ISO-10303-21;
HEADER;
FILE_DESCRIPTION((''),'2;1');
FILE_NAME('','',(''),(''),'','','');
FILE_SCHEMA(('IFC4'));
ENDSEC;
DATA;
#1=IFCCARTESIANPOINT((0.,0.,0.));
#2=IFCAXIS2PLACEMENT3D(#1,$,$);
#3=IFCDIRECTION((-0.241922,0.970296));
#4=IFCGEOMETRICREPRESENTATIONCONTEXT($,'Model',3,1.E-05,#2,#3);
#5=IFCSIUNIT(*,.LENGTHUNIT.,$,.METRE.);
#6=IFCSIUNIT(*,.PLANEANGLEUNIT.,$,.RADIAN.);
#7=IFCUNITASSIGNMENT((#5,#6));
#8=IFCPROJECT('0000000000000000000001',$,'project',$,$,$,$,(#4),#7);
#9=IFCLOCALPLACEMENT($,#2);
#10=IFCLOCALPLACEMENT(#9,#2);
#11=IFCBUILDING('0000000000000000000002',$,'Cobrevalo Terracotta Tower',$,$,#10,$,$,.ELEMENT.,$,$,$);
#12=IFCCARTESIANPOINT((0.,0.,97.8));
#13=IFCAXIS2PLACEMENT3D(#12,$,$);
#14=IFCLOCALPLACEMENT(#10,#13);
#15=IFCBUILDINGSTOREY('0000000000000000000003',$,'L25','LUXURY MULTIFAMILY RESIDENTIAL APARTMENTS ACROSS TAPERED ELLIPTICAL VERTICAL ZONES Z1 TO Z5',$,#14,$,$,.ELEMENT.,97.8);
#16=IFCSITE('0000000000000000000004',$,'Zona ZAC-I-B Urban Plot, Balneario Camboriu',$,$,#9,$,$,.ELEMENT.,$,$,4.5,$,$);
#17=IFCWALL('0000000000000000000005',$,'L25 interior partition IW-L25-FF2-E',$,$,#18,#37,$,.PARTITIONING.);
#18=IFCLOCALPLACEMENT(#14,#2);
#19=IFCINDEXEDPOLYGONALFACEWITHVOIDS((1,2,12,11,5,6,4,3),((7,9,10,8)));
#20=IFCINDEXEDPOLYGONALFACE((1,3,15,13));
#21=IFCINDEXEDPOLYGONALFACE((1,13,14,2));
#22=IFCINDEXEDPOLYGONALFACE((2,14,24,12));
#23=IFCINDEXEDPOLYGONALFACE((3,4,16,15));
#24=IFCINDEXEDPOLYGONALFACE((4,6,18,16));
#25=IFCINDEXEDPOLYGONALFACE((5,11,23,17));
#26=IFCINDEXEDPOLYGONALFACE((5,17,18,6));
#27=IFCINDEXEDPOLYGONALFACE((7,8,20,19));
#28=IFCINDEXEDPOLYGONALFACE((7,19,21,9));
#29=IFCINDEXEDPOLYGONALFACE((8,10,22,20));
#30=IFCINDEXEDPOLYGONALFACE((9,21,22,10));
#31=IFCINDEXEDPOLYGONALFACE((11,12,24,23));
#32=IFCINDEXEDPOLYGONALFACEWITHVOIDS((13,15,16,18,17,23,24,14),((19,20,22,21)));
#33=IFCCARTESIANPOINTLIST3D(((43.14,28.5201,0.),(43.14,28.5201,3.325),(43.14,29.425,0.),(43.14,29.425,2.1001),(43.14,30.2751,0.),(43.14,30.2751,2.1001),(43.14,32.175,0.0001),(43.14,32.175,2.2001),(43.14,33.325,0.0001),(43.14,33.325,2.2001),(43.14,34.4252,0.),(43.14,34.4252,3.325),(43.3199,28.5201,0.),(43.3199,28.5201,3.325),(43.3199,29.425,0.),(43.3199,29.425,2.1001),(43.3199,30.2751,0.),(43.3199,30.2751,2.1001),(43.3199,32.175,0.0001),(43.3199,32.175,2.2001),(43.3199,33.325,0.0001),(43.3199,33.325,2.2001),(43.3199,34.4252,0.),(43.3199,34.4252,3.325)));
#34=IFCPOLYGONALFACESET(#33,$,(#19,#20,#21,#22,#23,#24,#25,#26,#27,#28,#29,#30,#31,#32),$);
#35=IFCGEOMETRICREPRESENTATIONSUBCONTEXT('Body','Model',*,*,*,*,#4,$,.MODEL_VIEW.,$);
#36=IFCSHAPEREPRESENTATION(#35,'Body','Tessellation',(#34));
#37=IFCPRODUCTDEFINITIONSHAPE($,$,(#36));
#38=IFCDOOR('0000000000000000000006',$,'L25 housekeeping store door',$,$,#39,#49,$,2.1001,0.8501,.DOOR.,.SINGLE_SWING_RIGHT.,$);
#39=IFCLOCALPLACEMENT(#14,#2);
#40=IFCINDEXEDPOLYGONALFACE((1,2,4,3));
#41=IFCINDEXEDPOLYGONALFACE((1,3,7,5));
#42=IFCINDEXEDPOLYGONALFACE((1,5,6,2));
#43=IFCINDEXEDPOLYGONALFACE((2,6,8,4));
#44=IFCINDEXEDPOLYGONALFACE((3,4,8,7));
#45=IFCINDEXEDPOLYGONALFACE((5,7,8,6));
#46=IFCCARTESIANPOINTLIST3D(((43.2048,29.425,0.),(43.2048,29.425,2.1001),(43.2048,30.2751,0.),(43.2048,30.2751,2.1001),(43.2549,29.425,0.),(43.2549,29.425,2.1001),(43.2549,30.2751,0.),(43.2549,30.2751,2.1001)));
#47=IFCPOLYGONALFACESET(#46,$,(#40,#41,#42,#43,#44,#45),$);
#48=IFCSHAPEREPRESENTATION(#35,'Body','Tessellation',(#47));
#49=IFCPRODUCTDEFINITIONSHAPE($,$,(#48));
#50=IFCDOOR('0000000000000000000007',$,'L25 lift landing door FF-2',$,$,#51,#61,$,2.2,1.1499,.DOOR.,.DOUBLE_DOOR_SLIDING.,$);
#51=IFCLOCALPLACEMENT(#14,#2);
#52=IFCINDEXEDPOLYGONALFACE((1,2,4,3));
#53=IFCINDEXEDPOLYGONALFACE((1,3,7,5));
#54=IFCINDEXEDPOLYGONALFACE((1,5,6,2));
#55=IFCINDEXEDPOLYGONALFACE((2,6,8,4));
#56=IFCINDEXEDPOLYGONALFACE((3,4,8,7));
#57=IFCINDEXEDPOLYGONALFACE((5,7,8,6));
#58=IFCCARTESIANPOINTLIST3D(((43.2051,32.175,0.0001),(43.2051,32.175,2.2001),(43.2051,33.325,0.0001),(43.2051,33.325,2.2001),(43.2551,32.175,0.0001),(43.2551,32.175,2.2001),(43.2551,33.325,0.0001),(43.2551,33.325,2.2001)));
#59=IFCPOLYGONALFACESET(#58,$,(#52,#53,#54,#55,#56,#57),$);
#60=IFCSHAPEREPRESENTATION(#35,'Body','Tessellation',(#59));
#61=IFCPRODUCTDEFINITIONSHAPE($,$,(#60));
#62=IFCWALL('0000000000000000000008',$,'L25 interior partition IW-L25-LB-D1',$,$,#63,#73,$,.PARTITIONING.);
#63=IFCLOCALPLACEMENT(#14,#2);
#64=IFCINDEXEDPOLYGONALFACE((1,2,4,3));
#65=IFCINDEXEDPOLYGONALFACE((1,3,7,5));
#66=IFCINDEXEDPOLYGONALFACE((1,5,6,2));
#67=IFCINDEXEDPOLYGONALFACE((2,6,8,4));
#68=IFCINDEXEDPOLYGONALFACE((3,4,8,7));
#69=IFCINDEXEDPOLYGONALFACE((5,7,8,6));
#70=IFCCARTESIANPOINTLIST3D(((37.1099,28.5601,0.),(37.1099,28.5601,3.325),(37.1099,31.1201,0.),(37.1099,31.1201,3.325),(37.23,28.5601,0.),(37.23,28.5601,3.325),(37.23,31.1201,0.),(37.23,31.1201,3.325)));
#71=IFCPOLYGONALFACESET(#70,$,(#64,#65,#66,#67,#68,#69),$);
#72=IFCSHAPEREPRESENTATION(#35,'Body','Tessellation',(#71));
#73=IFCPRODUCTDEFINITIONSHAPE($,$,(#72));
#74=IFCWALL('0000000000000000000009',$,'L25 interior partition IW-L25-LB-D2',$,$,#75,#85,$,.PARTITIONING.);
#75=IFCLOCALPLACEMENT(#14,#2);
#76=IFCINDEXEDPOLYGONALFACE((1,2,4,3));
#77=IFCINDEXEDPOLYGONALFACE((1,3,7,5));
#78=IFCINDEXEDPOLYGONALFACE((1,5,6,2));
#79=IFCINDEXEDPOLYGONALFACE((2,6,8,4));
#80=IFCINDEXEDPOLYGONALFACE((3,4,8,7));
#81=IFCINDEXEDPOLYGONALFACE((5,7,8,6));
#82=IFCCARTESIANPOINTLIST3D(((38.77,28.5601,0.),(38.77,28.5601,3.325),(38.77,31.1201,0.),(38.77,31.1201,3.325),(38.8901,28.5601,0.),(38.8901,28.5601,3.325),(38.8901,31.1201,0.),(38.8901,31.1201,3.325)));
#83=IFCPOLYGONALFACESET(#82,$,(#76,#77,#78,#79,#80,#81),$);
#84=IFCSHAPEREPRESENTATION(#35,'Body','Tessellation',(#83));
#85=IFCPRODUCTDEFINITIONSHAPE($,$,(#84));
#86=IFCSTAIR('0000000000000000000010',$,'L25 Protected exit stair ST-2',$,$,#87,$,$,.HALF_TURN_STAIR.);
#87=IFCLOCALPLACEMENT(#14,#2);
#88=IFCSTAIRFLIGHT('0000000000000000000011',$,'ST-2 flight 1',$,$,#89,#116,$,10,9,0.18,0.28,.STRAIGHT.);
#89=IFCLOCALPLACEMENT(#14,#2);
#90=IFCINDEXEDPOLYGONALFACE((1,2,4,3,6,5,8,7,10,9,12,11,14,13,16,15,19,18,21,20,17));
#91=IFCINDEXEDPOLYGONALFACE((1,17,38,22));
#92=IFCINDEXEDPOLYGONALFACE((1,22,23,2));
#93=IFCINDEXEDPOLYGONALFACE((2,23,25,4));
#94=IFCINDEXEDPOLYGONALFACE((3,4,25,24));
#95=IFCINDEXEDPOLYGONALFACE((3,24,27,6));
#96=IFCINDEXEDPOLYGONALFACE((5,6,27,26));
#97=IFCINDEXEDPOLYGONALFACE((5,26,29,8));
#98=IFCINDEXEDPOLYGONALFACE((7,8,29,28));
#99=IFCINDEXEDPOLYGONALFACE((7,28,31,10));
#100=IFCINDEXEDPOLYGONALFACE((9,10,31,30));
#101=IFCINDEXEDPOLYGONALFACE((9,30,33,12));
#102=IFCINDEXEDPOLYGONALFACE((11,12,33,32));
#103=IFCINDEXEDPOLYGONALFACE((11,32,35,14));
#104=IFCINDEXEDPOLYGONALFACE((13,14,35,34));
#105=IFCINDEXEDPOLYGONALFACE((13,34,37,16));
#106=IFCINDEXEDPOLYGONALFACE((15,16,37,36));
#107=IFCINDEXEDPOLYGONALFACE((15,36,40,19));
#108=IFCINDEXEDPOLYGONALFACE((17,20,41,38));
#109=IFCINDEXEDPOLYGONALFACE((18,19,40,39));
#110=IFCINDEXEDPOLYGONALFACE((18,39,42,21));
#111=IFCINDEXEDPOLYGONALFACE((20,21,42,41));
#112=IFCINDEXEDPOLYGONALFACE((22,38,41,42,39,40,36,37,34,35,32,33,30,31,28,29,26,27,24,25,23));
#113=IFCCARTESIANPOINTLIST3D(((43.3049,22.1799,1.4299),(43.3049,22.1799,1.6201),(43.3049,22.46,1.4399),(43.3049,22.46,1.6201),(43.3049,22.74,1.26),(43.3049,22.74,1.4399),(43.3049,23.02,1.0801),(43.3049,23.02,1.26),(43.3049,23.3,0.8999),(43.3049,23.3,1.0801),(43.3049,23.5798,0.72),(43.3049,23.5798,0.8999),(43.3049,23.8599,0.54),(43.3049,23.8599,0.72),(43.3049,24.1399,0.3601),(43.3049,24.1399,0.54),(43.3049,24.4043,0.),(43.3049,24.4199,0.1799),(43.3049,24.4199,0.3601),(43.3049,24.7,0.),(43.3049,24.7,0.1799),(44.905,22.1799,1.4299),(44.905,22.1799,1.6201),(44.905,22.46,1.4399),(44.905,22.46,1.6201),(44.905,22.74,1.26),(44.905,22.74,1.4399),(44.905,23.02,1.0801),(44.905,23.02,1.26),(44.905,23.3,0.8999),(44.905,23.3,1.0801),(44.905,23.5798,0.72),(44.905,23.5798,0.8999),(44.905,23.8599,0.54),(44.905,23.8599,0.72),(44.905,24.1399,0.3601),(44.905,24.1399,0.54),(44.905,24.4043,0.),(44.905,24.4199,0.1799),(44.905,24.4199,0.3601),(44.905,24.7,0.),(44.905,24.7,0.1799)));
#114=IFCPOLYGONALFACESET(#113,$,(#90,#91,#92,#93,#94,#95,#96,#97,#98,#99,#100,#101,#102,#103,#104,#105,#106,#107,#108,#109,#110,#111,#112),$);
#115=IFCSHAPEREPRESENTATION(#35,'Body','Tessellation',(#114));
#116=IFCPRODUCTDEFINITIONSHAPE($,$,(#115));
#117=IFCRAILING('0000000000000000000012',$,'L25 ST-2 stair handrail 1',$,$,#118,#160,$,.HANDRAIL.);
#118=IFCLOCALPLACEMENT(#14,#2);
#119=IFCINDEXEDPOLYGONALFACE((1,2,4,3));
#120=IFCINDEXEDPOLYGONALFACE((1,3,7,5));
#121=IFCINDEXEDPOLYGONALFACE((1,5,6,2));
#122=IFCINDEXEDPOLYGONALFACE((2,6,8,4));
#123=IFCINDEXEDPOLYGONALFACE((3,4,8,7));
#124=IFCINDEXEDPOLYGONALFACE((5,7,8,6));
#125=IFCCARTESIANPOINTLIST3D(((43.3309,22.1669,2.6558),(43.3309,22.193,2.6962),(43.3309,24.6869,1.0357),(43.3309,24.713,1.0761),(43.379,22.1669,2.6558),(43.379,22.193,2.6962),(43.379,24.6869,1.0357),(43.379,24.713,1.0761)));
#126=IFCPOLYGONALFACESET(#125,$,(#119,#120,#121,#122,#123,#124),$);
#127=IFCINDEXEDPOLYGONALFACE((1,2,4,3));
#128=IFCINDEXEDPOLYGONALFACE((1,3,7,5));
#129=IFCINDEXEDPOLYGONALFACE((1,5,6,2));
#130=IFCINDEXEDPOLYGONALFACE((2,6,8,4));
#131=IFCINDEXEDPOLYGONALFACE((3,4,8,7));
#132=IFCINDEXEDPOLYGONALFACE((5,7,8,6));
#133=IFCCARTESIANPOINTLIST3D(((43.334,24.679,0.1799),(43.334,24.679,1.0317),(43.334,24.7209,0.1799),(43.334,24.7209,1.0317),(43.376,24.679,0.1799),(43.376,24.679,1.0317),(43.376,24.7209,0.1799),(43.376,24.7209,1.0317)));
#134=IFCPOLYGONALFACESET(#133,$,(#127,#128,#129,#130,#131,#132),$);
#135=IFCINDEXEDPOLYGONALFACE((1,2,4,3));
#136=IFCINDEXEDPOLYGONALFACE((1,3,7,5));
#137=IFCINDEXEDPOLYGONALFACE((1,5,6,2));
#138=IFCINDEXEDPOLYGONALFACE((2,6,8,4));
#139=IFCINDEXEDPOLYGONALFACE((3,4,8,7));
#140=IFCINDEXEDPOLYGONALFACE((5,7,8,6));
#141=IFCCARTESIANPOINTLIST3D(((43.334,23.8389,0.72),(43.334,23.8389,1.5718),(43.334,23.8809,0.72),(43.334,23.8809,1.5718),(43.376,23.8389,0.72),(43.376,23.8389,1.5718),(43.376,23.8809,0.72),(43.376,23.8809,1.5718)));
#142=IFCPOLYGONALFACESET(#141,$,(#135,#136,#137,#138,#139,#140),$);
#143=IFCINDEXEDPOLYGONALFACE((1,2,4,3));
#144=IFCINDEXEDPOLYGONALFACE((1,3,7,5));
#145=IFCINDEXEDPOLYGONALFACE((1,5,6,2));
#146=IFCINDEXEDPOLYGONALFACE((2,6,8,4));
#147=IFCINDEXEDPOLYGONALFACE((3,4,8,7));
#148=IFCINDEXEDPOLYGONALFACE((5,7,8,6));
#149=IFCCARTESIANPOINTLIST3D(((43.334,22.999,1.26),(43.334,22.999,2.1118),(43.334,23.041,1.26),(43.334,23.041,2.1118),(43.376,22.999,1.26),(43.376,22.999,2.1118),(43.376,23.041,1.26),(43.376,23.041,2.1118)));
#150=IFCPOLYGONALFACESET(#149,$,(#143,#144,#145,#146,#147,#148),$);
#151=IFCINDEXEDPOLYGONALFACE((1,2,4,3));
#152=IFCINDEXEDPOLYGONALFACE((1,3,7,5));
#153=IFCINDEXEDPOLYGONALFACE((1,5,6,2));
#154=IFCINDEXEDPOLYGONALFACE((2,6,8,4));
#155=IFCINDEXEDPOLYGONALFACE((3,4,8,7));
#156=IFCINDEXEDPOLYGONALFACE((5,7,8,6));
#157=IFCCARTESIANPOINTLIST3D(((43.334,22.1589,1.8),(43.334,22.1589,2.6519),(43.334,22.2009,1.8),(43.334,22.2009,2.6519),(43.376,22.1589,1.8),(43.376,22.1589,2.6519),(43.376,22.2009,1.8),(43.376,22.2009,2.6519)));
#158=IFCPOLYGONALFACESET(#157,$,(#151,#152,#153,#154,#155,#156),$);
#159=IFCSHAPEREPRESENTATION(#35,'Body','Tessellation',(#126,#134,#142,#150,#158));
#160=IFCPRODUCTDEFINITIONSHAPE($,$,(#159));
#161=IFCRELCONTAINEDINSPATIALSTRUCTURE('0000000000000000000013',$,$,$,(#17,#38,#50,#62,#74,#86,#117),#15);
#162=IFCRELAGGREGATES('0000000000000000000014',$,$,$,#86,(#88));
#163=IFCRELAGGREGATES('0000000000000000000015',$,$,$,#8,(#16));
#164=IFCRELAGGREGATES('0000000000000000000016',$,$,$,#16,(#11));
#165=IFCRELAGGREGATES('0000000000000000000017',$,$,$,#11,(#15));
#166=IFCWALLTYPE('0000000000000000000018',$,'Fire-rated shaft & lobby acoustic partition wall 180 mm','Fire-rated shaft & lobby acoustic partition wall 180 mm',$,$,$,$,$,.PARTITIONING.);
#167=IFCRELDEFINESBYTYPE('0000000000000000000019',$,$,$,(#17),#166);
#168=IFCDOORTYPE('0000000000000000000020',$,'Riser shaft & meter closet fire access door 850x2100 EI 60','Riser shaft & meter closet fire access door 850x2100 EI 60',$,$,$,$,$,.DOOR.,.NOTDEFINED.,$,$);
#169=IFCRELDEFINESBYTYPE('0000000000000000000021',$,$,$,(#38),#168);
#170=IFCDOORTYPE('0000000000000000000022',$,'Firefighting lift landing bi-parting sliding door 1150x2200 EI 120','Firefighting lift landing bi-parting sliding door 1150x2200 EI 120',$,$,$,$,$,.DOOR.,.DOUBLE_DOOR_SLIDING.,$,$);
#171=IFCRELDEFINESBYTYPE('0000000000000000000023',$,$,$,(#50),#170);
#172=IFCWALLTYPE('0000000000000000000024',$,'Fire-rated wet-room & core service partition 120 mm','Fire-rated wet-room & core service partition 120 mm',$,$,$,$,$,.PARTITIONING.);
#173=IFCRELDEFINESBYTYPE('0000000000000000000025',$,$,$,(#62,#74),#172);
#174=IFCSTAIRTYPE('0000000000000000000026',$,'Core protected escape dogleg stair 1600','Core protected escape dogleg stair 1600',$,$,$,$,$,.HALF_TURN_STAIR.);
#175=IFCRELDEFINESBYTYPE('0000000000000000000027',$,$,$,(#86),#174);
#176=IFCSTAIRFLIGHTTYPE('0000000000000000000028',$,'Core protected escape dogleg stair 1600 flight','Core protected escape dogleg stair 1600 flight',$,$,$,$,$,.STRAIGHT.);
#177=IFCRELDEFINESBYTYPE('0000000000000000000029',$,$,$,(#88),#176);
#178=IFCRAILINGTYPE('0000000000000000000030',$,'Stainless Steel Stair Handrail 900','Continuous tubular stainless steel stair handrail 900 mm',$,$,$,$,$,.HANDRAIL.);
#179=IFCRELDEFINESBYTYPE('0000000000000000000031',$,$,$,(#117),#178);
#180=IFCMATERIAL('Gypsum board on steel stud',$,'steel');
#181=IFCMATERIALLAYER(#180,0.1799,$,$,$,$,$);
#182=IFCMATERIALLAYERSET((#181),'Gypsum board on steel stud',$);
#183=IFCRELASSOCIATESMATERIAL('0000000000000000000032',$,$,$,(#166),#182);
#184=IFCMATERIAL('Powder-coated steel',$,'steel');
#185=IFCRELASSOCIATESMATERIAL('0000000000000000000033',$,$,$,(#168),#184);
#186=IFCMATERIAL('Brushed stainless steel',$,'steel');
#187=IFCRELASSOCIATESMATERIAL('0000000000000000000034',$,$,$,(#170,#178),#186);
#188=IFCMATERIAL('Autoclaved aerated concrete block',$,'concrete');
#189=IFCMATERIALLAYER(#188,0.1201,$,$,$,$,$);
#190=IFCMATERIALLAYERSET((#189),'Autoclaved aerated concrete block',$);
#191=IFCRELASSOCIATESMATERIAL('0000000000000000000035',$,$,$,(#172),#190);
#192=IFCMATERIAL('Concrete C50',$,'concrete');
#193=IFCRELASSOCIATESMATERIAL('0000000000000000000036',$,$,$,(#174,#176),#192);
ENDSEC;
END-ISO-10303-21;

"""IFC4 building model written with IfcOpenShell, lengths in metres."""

from ifc_helpers import new_model, si_unit, direction, frame, frame_2d, origin, origin_2d, place, context, subcontext, project, spatial, polyline, rectangle, outline, extrude, source, transform, mapped, material, layer, layer_set, type_object, element, fill, aggregate, save


model = new_model("IFC4")

# Units and contexts
model_context = context("Model", 3, precision=1e-05, world=origin(), true_north=direction((-0.241922, 0.970296)))
body_context = subcontext(model_context, "Body", "Model", "MODEL_VIEW")
ifc_project = project(units=[si_unit("LENGTHUNIT", "METRE"), si_unit("PLANEANGLEUNIT", "RADIAN")], contexts=[model_context])

# Site, building, storey
site_placement = place(None, origin())
site = spatial("IfcSite", under=ifc_project, at=site_placement, Name="Zona ZAC-I-B Urban Plot, Balneario Camboriu", CompositionType="ELEMENT", RefElevation=4.5)
building_placement = place(site_placement, origin())
building = spatial("IfcBuilding", under=site, at=building_placement, Name="Cobrevalo Terracotta Tower", CompositionType="ELEMENT")
storey_placement = place(building_placement, frame((0.0, 0.0, 97.8)))
storey = spatial("IfcBuildingStorey", under=building, at=storey_placement, Name="L25", Description="LUXURY MULTIFAMILY RESIDENTIAL APARTMENTS ACROSS TAPERED ELLIPTICAL VERTICAL ZONES Z1 TO Z5", CompositionType="ELEMENT", Elevation=97.8)

# Shared definitions
ifc_material_1 = material(Name="Gypsum board on steel stud", Category="steel")

# Shared definitions
ifc_material_2 = material(Name="Brushed stainless steel", Category="steel")

# Shared definitions
ifc_layer_1 = layer(ifc_material_1, 0.1799)
ifc_layer_set_1 = layer_set([ifc_layer_1], Name="Gypsum board on steel stud")
wall_type_1 = type_object("IfcWallType", Name="Fire-rated shaft & lobby acoustic partition wall 180 mm", Description="Fire-rated shaft & lobby acoustic partition wall 180 mm", PredefinedType="PARTITIONING", material=ifc_layer_set_1)
ifc_material_3 = material(Name="Powder-coated steel", Category="steel")
door_type_1 = type_object("IfcDoorType", Name="Riser shaft & meter closet fire access door 850x2100 EI 60", Description="Riser shaft & meter closet fire access door 850x2100 EI 60", OperationType="NOTDEFINED", PredefinedType="DOOR", material=ifc_material_3)
shared_shape_1 = source(origin(), body_context, "Body", "SweptSolid", [
    extrude(rectangle(XDim=0.8501, YDim=2.1001, at=frame_2d((0.425, 1.05))), frame((0.0, 0.0249, 0.0), z_axis=(0.0, -1.0, 0.0), x_axis=(1.0, 0.0, 0.0)), (0.0, 0.0, 1.0), 0.05),
])

# Wall, openings, doors
wall_1_placement = place(storey_placement, frame((43.23, 28.52, 0.0), z_axis=(0.0, 0.0, 1.0), x_axis=(0.0, 1.0, 0.0)))
wall_1 = element("IfcWall", 1, at=wall_1_placement, inside=storey, type_object=wall_type_1, Name="L25 interior partition IW-L25-FF2-E", PredefinedType="PARTITIONING", context=body_context, shape_type="SweptSolid", body=[
    extrude(rectangle(XDim=5.905, YDim=0.1799, at=frame_2d((2.9526, 0.0))), origin(), (0.0, 0.0, 1.0), 3.325),
])
opening_1_placement = place(wall_1_placement, frame((0.905, 0.0, 0.0)))
opening_1 = element("IfcOpeningElement", 2, at=opening_1_placement, cuts=wall_1, PredefinedType="OPENING", context=body_context, shape_type="SweptSolid", body=[
    extrude(rectangle(XDim=0.8501, YDim=2.1001, at=frame_2d((0.425, 1.05))), frame((0.0, 0.1001, 0.0), z_axis=(0.0, -1.0, 0.0), x_axis=(1.0, 0.0, 0.0)), (0.0, 0.0, 1.0), 0.2),
])
opening_2_placement = place(wall_1_placement, frame((3.655, 0.0, 0.0)))
opening_2 = element("IfcOpeningElement", 3, at=opening_2_placement, cuts=wall_1, PredefinedType="OPENING", context=body_context, shape_type="SweptSolid", body=[
    extrude(rectangle(XDim=1.1499, YDim=2.2, at=frame_2d((0.575, 1.1001))), frame((0.0, 0.1001, 0.0), z_axis=(0.0, -1.0, 0.0), x_axis=(1.0, 0.0, 0.0)), (0.0, 0.0, 1.0), 0.2),
])
door_1_placement = place(opening_1_placement, frame((0.8501, 0.0, 0.0), z_axis=(0.0, 0.0, 1.0), x_axis=(-1.0, 0.0, 0.0)))
door_1 = element("IfcDoor", 4, at=door_1_placement, inside=storey, type_object=door_type_1, Name="L25 housekeeping store door", OperationType="SINGLE_SWING_RIGHT", OverallHeight=2.1001, OverallWidth=0.8501, PredefinedType="DOOR", context=body_context, shape_type="MappedRepresentation", body=[
    mapped(shared_shape_1, transform((0.0, 0.0, 0.0), scale=1.0)),
])
fill(opening_1, door_1)
door_type_2 = type_object("IfcDoorType", Name="Firefighting lift landing bi-parting sliding door 1150x2200 EI 120", Description="Firefighting lift landing bi-parting sliding door 1150x2200 EI 120", OperationType="DOUBLE_DOOR_SLIDING", PredefinedType="DOOR", material=ifc_material_2)
shared_shape_2 = source(origin(), body_context, "Body", "SweptSolid", [
    extrude(rectangle(XDim=1.1499, YDim=2.2, at=frame_2d((0.575, 1.1001))), frame((0.0, 0.0249, 0.0), z_axis=(0.0, -1.0, 0.0), x_axis=(1.0, 0.0, 0.0)), (0.0, 0.0, 1.0), 0.05),
])
door_2_placement = place(opening_2_placement, origin())
door_2 = element("IfcDoor", 5, at=door_2_placement, inside=storey, type_object=door_type_2, Name="L25 lift landing door FF-2", OperationType="DOUBLE_DOOR_SLIDING", OverallHeight=2.2, OverallWidth=1.1499, PredefinedType="DOOR", context=body_context, shape_type="MappedRepresentation", body=[
    mapped(shared_shape_2, transform((0.0, 0.0, 0.0), scale=1.0)),
])
fill(opening_2, door_2)

# Walls
ifc_material_4 = material(Name="Autoclaved aerated concrete block", Category="concrete")
ifc_layer_2 = layer(ifc_material_4, 0.1201)
ifc_layer_set_2 = layer_set([ifc_layer_2], Name="Autoclaved aerated concrete block")
wall_type_2 = type_object("IfcWallType", Name="Fire-rated wet-room & core service partition 120 mm", Description="Fire-rated wet-room & core service partition 120 mm", PredefinedType="PARTITIONING", material=ifc_layer_set_2)
for number, where, z_axis, x_axis, name in (
    (6, (37.1699, 28.5601, 0.0), (0.0, 0.0, 1.0), (0.0, 1.0, 0.0), "L25 interior partition IW-L25-LB-D1"),
    (7, (38.8301, 28.5601, 0.0), (0.0, 0.0, 1.0), (0.0, 1.0, 0.0), "L25 interior partition IW-L25-LB-D2"),
):
    element("IfcWall", number, at=place(storey_placement, frame(where, z_axis=z_axis, x_axis=x_axis)), inside=storey, type_object=wall_type_2, Name=name, PredefinedType="PARTITIONING", context=body_context, shape_type="SweptSolid", body=[
        extrude(rectangle(XDim=2.5601, YDim=0.1201, at=frame_2d((1.28, 0.0))), origin(), (0.0, 0.0, 1.0), 3.325),
    ])

# Shared definitions
ifc_material_5 = material(Name="Concrete C50", Category="concrete")

# Stair, stair flight
stair_type = type_object("IfcStairType", Name="Core protected escape dogleg stair 1600", Description="Core protected escape dogleg stair 1600", PredefinedType="HALF_TURN_STAIR", material=ifc_material_5)
stair_placement = place(storey_placement, origin())
stair = element("IfcStair", 8, at=stair_placement, inside=storey, type_object=stair_type, Name="L25 Protected exit stair ST-2", PredefinedType="HALF_TURN_STAIR")
stair_flight_type = type_object("IfcStairFlightType", Name="Core protected escape dogleg stair 1600 flight", Description="Core protected escape dogleg stair 1600 flight", PredefinedType="STRAIGHT", material=ifc_material_5)
stair_flight_placement = place(storey_placement, frame((44.105, 24.7, 0.0), z_axis=(0.0, 0.0, 1.0), x_axis=(0.0, -1.0, 0.0)))
stair_flight = element("IfcStairFlight", 9, at=stair_flight_placement, type_object=stair_flight_type, Name="ST-2 flight 1", NumberOfRisers=10, NumberOfTreads=9, PredefinedType="STRAIGHT", RiserHeight=0.18, TreadLength=0.28, context=body_context, shape_type="SweptSolid", body=[
    extrude(outline(polyline([(0.0, 0.0), (0.0, 0.1799), (0.28, 0.1799), (0.28, 0.3601), (0.5601, 0.3601), (0.5601, 0.54), (0.8401, 0.54), (0.8401, 0.72), (1.1201, 0.72), (1.1201, 0.8999), (1.3999, 0.8999), (1.3999, 1.0801), (1.6799, 1.0801), (1.6799, 1.26), (1.96, 1.26), (1.96, 1.4399), (2.24, 1.4399), (2.24, 1.6201), (2.52, 1.6201), (2.52, 1.8), (2.52, 1.4299), (0.2957, 0.0), (0.0, 0.0)])), frame((0.0, 0.8, 0.0), z_axis=(0.0, -1.0, 0.0), x_axis=(1.0, 0.0, 0.0)), (0.0, 0.0, 1.0), 1.6001),
])
aggregate(stair, [stair_flight])

# Railing
railing_type_1 = type_object("IfcRailingType", Name="Stainless Steel Stair Handrail 900", Description="Continuous tubular stainless steel stair handrail 900 mm", PredefinedType="HANDRAIL", material=ifc_material_2)
railing_1_placement = place(storey_placement, frame((43.355, 24.7, 0.1799)))
element("IfcRailing", 10, at=railing_1_placement, inside=storey, type_object=railing_type_1, Name="L25 ST-2 stair handrail 1", PredefinedType="HANDRAIL", context=body_context, shape_type="SweptSolid", body=[
    extrude(rectangle(XDim=0.0481, YDim=0.0481, at=origin_2d()), frame((0.0, 0.0, 0.876), z_axis=(0.0, -0.841163, 0.540782), x_axis=(1.0, 0.0, 0.0)), (0.0, 0.0, 1.0), 2.9958),
    extrude(rectangle(XDim=0.042, YDim=0.042, at=origin_2d()), origin(), (0.0, 0.0, 1.0), 0.8518),
    extrude(rectangle(XDim=0.042, YDim=0.042, at=origin_2d()), frame((0.0, -0.8401, 0.54)), (0.0, 0.0, 1.0), 0.8518),
    extrude(rectangle(XDim=0.042, YDim=0.042, at=origin_2d()), frame((0.0, -1.6799, 1.0801)), (0.0, 0.0, 1.0), 0.8518),
    extrude(rectangle(XDim=0.042, YDim=0.042, at=origin_2d()), frame((0.0, -2.52, 1.6201)), (0.0, 0.0, 1.0), 0.8518),
])

save(model, "model.ifc")
